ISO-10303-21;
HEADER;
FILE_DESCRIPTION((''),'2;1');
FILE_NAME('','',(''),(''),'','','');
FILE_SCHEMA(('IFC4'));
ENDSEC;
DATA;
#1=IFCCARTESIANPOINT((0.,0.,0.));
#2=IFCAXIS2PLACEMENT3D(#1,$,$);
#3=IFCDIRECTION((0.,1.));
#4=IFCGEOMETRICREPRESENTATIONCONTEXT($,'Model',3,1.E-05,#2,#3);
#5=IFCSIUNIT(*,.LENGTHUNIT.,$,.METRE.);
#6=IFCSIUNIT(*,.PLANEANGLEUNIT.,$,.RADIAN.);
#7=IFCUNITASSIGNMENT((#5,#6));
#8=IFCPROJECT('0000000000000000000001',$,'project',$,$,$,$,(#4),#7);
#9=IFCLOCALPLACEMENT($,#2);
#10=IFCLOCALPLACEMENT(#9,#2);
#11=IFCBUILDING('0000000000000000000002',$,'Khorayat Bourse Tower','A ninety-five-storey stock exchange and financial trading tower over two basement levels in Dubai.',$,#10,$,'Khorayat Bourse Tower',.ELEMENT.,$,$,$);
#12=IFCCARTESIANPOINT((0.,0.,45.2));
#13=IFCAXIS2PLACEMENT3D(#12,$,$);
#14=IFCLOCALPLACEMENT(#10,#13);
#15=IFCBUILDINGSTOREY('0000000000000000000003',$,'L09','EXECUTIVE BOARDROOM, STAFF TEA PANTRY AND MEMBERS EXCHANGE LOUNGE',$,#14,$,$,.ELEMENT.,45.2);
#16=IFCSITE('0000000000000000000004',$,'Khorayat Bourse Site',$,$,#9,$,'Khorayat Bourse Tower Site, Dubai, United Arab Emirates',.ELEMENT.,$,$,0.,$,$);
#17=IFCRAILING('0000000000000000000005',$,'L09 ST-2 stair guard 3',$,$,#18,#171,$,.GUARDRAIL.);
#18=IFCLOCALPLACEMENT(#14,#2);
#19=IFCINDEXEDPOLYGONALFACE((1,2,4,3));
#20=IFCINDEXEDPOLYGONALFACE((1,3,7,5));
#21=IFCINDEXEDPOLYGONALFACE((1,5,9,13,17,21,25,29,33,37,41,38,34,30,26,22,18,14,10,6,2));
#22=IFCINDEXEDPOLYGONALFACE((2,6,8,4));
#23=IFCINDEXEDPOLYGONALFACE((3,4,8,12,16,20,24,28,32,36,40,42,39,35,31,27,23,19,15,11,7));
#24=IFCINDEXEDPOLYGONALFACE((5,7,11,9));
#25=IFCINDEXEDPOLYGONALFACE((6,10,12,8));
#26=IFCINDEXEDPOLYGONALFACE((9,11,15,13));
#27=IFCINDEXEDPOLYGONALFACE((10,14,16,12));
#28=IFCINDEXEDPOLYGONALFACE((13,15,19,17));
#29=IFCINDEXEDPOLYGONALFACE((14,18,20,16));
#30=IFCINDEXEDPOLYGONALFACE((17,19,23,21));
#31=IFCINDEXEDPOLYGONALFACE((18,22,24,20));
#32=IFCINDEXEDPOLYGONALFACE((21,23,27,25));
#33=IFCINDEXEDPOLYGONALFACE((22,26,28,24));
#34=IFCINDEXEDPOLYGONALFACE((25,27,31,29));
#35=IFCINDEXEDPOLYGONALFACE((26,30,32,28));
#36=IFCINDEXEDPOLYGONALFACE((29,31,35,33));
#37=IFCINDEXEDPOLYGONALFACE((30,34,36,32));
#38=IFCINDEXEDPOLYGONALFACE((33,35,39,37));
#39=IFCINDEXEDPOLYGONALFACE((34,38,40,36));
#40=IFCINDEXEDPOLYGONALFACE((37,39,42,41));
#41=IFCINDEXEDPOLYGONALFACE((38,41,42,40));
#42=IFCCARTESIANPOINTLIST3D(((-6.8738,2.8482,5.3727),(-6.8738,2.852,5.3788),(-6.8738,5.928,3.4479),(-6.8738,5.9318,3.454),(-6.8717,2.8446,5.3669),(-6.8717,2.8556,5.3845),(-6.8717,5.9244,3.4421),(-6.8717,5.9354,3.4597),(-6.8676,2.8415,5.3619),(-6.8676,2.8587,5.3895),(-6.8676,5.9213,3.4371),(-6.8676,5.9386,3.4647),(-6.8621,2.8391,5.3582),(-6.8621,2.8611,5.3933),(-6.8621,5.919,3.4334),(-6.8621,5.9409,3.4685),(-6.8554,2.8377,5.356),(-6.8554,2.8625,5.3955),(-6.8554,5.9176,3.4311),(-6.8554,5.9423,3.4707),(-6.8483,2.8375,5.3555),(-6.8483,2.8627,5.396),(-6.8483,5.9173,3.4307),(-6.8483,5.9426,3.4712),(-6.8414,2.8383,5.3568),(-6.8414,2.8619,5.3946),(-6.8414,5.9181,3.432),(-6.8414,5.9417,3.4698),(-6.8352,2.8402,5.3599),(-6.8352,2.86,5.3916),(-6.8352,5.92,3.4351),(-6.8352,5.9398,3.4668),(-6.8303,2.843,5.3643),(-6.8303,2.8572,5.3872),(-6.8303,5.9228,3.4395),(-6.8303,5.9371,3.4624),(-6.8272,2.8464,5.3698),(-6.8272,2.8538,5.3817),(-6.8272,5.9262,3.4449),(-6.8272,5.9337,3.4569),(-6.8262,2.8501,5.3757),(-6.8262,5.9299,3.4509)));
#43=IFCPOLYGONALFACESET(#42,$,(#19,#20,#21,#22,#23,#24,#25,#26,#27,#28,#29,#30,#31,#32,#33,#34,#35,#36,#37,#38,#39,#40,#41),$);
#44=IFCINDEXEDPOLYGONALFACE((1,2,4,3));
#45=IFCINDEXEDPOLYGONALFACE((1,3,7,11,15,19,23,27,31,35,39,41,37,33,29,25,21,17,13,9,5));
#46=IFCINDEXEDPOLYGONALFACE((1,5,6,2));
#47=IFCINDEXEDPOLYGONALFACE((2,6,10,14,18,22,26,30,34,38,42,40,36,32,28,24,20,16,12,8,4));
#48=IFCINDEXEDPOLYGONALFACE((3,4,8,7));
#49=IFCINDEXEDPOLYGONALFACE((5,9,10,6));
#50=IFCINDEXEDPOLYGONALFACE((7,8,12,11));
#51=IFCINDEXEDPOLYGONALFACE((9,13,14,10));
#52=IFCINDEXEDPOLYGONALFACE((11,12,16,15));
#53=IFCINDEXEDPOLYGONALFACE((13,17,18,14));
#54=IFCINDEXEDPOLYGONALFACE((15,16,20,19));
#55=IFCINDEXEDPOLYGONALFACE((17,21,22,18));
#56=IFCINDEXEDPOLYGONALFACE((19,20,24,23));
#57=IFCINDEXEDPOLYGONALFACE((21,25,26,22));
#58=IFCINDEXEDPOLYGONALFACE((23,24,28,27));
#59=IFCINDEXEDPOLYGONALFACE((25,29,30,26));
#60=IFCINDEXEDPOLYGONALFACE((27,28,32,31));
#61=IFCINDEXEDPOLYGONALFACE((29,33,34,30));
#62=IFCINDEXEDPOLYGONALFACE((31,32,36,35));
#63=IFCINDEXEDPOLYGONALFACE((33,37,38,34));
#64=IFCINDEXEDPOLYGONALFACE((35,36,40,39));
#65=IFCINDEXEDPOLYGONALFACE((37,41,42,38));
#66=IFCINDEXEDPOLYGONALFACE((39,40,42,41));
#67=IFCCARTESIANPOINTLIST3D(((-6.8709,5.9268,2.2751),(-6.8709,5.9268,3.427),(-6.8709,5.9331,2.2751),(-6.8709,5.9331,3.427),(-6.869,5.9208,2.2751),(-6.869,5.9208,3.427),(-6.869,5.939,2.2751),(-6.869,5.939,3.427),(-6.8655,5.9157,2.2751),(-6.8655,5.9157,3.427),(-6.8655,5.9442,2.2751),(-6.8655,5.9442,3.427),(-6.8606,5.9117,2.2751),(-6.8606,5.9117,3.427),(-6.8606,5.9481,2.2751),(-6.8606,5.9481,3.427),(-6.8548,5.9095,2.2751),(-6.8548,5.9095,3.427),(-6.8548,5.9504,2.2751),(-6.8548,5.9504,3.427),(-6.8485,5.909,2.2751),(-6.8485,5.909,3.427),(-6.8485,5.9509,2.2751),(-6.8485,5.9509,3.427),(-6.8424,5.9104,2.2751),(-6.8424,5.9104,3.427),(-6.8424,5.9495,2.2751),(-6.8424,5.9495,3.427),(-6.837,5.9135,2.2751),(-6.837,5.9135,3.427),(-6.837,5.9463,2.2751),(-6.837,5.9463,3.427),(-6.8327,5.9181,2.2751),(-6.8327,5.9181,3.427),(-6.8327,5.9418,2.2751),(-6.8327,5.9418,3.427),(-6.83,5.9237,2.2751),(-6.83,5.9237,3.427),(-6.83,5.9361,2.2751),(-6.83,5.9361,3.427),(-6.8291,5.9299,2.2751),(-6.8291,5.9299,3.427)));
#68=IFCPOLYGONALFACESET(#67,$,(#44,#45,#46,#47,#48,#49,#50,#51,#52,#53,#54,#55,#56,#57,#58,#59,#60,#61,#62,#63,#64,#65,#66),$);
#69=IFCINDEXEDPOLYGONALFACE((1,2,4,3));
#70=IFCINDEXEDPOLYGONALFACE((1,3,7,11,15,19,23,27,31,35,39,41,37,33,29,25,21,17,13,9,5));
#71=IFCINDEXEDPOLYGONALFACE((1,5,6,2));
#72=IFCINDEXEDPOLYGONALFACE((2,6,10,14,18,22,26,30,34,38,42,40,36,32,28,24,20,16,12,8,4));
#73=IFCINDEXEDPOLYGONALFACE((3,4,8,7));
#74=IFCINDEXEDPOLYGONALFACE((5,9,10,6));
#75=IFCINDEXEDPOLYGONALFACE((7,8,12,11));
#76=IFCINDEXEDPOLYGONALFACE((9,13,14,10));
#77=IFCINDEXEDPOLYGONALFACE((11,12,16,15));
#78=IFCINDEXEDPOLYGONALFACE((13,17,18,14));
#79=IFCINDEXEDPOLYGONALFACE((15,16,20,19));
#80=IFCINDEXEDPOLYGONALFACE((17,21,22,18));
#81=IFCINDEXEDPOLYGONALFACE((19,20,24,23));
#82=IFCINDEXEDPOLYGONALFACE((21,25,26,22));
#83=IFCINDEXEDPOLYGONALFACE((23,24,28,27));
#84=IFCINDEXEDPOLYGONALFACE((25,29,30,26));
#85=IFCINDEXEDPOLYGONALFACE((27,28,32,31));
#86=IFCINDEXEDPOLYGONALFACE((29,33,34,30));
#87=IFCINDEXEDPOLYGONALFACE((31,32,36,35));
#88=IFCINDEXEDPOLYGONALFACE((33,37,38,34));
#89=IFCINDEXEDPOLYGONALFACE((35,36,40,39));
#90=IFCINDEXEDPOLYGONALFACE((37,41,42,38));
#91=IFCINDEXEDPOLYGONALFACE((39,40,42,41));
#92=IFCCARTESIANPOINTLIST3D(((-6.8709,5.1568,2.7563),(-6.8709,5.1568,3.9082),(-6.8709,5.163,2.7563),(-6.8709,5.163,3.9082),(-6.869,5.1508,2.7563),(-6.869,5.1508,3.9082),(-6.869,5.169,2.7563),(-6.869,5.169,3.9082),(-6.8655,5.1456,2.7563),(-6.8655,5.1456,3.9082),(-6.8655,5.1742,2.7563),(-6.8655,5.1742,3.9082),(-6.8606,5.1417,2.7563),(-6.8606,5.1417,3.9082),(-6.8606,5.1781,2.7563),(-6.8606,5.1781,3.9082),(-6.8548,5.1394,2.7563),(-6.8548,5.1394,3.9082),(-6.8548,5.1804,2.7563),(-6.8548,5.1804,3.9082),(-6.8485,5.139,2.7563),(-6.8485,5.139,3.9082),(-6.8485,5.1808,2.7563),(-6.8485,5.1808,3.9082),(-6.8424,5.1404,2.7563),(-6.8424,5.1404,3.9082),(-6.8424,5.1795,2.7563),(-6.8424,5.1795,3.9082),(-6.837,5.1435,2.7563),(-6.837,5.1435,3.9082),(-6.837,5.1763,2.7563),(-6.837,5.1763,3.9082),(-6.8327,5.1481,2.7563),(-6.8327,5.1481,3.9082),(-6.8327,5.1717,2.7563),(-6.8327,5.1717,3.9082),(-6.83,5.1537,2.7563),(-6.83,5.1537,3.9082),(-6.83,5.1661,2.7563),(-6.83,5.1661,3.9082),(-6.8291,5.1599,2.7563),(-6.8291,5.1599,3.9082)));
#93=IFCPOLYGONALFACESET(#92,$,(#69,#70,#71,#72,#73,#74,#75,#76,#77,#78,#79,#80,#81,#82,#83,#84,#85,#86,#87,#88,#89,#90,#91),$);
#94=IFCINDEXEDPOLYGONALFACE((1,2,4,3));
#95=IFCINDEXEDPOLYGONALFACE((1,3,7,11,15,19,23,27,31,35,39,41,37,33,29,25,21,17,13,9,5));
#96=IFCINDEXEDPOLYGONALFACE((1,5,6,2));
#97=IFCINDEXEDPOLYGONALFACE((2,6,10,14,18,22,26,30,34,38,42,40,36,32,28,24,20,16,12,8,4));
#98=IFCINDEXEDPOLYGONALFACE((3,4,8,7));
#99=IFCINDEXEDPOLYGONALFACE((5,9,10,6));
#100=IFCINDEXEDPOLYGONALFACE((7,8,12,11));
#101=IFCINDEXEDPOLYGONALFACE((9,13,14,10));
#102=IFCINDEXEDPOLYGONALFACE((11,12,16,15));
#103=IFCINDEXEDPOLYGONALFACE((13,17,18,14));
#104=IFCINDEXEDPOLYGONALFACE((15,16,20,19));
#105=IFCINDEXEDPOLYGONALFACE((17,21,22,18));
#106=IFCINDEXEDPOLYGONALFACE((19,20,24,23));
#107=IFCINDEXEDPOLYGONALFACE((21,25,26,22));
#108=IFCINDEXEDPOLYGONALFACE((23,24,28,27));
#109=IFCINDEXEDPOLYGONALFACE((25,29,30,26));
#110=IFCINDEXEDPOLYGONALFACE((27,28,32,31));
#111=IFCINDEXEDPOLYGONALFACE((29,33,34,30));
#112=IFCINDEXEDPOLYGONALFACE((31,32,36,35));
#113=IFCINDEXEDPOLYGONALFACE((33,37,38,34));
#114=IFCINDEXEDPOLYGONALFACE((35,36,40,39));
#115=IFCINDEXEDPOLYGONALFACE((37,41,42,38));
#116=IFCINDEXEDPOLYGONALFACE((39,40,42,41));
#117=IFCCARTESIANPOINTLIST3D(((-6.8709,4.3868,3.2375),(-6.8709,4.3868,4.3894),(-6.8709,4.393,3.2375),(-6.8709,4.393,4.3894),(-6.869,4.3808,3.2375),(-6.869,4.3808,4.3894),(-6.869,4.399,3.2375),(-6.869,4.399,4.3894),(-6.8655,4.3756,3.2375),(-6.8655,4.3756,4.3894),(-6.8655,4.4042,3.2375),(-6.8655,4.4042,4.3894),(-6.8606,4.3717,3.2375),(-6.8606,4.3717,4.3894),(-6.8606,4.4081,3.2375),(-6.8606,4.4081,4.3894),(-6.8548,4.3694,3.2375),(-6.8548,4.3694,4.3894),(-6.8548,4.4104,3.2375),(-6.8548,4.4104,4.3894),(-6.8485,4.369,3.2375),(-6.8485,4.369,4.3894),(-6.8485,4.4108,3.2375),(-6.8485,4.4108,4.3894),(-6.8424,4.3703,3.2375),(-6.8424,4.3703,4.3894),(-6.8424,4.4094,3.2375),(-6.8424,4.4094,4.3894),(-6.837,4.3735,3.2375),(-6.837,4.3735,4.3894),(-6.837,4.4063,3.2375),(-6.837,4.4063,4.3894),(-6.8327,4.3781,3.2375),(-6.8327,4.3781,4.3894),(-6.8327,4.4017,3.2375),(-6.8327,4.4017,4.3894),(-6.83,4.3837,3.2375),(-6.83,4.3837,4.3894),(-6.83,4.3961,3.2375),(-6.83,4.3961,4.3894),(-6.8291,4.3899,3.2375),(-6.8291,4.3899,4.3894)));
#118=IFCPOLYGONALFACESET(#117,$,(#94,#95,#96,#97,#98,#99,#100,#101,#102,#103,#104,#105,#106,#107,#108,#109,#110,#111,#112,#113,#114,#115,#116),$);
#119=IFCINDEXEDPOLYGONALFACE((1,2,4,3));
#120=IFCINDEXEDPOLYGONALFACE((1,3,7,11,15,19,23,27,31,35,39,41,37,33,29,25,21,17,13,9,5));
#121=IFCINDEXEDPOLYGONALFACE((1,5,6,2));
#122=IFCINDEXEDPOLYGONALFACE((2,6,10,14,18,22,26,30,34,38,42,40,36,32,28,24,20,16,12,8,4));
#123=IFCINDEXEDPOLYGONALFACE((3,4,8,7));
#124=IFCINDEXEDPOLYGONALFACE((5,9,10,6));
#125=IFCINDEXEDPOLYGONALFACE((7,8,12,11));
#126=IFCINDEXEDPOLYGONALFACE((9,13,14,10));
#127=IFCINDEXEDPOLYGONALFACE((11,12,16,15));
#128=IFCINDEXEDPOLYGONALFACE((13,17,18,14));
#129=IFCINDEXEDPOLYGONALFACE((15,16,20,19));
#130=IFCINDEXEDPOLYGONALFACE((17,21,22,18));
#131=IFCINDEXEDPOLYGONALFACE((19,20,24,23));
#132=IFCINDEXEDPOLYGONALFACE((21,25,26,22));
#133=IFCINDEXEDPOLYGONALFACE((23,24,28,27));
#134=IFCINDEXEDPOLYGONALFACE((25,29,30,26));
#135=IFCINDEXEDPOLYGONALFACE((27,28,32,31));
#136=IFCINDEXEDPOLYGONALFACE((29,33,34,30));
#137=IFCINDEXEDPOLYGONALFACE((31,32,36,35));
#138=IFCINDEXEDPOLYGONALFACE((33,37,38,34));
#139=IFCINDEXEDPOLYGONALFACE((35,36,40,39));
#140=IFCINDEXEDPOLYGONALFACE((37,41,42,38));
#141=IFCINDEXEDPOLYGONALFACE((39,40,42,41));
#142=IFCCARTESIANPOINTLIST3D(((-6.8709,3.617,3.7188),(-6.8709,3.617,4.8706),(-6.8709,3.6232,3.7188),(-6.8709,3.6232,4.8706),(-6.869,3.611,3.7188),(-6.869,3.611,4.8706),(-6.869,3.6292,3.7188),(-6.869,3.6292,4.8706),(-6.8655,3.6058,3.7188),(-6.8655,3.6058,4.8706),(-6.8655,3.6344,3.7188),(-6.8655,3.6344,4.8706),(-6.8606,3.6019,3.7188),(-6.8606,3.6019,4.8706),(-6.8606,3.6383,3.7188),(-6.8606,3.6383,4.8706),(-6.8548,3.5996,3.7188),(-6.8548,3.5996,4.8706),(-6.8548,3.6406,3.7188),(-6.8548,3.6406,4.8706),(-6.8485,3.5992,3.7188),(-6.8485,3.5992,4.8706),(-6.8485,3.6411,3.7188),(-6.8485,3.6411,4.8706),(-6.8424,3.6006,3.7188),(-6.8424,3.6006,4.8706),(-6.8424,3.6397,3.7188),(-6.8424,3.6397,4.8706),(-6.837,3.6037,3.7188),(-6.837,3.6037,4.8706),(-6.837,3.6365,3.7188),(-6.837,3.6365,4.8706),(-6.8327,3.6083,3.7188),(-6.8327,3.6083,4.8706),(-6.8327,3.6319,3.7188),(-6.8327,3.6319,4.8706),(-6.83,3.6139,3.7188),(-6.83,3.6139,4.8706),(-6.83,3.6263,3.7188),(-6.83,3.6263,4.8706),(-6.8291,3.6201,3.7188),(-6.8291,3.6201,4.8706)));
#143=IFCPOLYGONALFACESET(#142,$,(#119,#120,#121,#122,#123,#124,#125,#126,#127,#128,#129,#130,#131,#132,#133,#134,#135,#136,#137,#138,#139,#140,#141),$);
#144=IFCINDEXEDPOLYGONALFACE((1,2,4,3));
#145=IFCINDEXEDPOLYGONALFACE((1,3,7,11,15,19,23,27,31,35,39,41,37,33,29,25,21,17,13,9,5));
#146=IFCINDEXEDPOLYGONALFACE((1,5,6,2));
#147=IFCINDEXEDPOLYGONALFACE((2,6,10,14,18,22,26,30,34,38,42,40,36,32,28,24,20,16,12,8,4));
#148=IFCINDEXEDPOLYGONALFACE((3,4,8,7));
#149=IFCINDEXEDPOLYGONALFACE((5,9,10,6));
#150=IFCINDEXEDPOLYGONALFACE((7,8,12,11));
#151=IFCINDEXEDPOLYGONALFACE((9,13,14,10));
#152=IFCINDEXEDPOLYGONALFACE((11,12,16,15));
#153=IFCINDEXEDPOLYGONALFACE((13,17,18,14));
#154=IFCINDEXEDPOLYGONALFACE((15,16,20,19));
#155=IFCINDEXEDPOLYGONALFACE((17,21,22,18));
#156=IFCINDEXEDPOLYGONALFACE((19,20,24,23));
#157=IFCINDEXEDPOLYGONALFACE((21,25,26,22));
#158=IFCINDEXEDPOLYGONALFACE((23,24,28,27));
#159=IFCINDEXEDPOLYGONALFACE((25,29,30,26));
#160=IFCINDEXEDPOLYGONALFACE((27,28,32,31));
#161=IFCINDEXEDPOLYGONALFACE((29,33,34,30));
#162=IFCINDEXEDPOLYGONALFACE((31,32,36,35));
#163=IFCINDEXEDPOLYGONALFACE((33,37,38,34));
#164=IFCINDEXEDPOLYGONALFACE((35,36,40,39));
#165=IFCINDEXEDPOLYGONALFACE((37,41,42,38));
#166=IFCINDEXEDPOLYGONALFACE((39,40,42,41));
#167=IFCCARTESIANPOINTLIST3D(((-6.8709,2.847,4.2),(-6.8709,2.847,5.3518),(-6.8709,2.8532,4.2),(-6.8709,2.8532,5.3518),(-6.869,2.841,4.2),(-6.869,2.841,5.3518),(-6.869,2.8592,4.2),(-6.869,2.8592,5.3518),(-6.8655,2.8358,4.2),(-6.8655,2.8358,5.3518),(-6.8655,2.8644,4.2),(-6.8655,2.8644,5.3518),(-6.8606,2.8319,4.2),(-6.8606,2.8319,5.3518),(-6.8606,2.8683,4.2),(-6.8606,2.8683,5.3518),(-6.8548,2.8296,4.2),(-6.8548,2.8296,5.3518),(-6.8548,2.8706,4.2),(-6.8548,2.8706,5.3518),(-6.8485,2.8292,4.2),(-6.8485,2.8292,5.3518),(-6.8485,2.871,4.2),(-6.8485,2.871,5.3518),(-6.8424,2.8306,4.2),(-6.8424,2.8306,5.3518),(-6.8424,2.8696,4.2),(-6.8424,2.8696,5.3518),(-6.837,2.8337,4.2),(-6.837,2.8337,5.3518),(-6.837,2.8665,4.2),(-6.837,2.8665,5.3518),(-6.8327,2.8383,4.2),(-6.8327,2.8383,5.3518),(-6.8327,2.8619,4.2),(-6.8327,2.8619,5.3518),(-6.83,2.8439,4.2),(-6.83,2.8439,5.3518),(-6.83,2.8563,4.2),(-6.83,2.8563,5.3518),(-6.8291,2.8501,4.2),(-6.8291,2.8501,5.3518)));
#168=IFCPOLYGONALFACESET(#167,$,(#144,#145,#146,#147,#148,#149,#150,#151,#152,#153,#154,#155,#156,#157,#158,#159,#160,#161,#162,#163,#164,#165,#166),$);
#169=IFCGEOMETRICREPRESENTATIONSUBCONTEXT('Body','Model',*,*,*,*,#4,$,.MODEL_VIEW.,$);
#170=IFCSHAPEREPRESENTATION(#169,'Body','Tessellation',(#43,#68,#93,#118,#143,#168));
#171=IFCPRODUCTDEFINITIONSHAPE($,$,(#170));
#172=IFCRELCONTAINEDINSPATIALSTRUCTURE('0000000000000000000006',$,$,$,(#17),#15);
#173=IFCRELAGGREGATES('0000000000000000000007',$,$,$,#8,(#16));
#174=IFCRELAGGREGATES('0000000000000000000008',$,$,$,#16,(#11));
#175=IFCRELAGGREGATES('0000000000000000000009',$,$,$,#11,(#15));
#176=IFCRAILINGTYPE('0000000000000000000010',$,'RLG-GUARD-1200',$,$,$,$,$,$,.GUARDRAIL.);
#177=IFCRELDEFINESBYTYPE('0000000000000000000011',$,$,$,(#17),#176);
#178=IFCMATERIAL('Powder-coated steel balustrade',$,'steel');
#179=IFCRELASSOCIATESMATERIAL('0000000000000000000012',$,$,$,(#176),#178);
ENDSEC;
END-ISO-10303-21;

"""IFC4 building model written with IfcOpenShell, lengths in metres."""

from ifc_helpers import new_model, si_unit, direction, frame, origin, origin_2d, place, context, subcontext, project, spatial, circle, extrude, source, transform, mapped, material, type_object, element, save


model = new_model("IFC4")

# Units and contexts
model_context = context("Model", 3, precision=1e-05, world=origin(), true_north=direction((0.0, 1.0)))
body_context = subcontext(model_context, "Body", "Model", "MODEL_VIEW")
ifc_project = project(units=[si_unit("LENGTHUNIT", "METRE"), si_unit("PLANEANGLEUNIT", "RADIAN")], contexts=[model_context])

# Site, building, storey
site_placement = place(None, origin())
site = spatial("IfcSite", under=ifc_project, at=site_placement, Name="Khorayat Bourse Site", LongName="Khorayat Bourse Tower Site, Dubai, United Arab Emirates", CompositionType="ELEMENT", RefElevation=0.0)
building_placement = place(site_placement, origin())
building = spatial("IfcBuilding", under=site, at=building_placement, Name="Khorayat Bourse Tower", Description="A ninety-five-storey stock exchange and financial trading tower over two basement levels in Dubai.", LongName="Khorayat Bourse Tower", CompositionType="ELEMENT")
storey_placement = place(building_placement, frame((0.0, 0.0, 45.2)))
storey = spatial("IfcBuildingStorey", under=building, at=storey_placement, Name="L09", Description="EXECUTIVE BOARDROOM, STAFF TEA PANTRY AND MEMBERS EXCHANGE LOUNGE", CompositionType="ELEMENT", Elevation=45.2)

# Railing
ifc_material_1 = material(Name="Powder-coated steel balustrade", Category="steel")
railing_type_1 = type_object("IfcRailingType", Name="RLG-GUARD-1200", PredefinedType="GUARDRAIL", material=ifc_material_1)
shared_shape_1 = source(origin(), body_context, "Body", "SweptSolid", [
    extrude(circle(Radius=0.0239, at=origin_2d()), frame((0.0, 0.0, 1.1758), z_axis=(0.0, -0.84801, 0.529981), x_axis=(1.0, 0.0, 0.0)), (0.0, 0.0, 1.0), 3.6318),
    extrude(circle(Radius=0.021, at=origin_2d()), origin(), (0.0, 0.0, 1.0), 1.1519),
    extrude(circle(Radius=0.021, at=origin_2d()), frame((0.0, -0.77, 0.4812)), (0.0, 0.0, 1.0), 1.1519),
    extrude(circle(Radius=0.021, at=origin_2d()), frame((0.0, -1.54, 0.9624)), (0.0, 0.0, 1.0), 1.1519),
    extrude(circle(Radius=0.021, at=origin_2d()), frame((0.0, -2.3098, 1.4436)), (0.0, 0.0, 1.0), 1.1519),
    extrude(circle(Radius=0.021, at=origin_2d()), frame((0.0, -3.0798, 1.9248)), (0.0, 0.0, 1.0), 1.1519),
])
railing_1_placement = place(storey_placement, frame((-6.8501, 5.9299, 2.2751)))
element("IfcRailing", 1, at=railing_1_placement, inside=storey, type_object=railing_type_1, Name="L09 ST-2 stair guard 3", PredefinedType="GUARDRAIL", context=body_context, shape_type="MappedRepresentation", body=[
    mapped(shared_shape_1, transform((0.0, 0.0, 0.0), scale=1.0)),
])

save(model, "model.ifc")
